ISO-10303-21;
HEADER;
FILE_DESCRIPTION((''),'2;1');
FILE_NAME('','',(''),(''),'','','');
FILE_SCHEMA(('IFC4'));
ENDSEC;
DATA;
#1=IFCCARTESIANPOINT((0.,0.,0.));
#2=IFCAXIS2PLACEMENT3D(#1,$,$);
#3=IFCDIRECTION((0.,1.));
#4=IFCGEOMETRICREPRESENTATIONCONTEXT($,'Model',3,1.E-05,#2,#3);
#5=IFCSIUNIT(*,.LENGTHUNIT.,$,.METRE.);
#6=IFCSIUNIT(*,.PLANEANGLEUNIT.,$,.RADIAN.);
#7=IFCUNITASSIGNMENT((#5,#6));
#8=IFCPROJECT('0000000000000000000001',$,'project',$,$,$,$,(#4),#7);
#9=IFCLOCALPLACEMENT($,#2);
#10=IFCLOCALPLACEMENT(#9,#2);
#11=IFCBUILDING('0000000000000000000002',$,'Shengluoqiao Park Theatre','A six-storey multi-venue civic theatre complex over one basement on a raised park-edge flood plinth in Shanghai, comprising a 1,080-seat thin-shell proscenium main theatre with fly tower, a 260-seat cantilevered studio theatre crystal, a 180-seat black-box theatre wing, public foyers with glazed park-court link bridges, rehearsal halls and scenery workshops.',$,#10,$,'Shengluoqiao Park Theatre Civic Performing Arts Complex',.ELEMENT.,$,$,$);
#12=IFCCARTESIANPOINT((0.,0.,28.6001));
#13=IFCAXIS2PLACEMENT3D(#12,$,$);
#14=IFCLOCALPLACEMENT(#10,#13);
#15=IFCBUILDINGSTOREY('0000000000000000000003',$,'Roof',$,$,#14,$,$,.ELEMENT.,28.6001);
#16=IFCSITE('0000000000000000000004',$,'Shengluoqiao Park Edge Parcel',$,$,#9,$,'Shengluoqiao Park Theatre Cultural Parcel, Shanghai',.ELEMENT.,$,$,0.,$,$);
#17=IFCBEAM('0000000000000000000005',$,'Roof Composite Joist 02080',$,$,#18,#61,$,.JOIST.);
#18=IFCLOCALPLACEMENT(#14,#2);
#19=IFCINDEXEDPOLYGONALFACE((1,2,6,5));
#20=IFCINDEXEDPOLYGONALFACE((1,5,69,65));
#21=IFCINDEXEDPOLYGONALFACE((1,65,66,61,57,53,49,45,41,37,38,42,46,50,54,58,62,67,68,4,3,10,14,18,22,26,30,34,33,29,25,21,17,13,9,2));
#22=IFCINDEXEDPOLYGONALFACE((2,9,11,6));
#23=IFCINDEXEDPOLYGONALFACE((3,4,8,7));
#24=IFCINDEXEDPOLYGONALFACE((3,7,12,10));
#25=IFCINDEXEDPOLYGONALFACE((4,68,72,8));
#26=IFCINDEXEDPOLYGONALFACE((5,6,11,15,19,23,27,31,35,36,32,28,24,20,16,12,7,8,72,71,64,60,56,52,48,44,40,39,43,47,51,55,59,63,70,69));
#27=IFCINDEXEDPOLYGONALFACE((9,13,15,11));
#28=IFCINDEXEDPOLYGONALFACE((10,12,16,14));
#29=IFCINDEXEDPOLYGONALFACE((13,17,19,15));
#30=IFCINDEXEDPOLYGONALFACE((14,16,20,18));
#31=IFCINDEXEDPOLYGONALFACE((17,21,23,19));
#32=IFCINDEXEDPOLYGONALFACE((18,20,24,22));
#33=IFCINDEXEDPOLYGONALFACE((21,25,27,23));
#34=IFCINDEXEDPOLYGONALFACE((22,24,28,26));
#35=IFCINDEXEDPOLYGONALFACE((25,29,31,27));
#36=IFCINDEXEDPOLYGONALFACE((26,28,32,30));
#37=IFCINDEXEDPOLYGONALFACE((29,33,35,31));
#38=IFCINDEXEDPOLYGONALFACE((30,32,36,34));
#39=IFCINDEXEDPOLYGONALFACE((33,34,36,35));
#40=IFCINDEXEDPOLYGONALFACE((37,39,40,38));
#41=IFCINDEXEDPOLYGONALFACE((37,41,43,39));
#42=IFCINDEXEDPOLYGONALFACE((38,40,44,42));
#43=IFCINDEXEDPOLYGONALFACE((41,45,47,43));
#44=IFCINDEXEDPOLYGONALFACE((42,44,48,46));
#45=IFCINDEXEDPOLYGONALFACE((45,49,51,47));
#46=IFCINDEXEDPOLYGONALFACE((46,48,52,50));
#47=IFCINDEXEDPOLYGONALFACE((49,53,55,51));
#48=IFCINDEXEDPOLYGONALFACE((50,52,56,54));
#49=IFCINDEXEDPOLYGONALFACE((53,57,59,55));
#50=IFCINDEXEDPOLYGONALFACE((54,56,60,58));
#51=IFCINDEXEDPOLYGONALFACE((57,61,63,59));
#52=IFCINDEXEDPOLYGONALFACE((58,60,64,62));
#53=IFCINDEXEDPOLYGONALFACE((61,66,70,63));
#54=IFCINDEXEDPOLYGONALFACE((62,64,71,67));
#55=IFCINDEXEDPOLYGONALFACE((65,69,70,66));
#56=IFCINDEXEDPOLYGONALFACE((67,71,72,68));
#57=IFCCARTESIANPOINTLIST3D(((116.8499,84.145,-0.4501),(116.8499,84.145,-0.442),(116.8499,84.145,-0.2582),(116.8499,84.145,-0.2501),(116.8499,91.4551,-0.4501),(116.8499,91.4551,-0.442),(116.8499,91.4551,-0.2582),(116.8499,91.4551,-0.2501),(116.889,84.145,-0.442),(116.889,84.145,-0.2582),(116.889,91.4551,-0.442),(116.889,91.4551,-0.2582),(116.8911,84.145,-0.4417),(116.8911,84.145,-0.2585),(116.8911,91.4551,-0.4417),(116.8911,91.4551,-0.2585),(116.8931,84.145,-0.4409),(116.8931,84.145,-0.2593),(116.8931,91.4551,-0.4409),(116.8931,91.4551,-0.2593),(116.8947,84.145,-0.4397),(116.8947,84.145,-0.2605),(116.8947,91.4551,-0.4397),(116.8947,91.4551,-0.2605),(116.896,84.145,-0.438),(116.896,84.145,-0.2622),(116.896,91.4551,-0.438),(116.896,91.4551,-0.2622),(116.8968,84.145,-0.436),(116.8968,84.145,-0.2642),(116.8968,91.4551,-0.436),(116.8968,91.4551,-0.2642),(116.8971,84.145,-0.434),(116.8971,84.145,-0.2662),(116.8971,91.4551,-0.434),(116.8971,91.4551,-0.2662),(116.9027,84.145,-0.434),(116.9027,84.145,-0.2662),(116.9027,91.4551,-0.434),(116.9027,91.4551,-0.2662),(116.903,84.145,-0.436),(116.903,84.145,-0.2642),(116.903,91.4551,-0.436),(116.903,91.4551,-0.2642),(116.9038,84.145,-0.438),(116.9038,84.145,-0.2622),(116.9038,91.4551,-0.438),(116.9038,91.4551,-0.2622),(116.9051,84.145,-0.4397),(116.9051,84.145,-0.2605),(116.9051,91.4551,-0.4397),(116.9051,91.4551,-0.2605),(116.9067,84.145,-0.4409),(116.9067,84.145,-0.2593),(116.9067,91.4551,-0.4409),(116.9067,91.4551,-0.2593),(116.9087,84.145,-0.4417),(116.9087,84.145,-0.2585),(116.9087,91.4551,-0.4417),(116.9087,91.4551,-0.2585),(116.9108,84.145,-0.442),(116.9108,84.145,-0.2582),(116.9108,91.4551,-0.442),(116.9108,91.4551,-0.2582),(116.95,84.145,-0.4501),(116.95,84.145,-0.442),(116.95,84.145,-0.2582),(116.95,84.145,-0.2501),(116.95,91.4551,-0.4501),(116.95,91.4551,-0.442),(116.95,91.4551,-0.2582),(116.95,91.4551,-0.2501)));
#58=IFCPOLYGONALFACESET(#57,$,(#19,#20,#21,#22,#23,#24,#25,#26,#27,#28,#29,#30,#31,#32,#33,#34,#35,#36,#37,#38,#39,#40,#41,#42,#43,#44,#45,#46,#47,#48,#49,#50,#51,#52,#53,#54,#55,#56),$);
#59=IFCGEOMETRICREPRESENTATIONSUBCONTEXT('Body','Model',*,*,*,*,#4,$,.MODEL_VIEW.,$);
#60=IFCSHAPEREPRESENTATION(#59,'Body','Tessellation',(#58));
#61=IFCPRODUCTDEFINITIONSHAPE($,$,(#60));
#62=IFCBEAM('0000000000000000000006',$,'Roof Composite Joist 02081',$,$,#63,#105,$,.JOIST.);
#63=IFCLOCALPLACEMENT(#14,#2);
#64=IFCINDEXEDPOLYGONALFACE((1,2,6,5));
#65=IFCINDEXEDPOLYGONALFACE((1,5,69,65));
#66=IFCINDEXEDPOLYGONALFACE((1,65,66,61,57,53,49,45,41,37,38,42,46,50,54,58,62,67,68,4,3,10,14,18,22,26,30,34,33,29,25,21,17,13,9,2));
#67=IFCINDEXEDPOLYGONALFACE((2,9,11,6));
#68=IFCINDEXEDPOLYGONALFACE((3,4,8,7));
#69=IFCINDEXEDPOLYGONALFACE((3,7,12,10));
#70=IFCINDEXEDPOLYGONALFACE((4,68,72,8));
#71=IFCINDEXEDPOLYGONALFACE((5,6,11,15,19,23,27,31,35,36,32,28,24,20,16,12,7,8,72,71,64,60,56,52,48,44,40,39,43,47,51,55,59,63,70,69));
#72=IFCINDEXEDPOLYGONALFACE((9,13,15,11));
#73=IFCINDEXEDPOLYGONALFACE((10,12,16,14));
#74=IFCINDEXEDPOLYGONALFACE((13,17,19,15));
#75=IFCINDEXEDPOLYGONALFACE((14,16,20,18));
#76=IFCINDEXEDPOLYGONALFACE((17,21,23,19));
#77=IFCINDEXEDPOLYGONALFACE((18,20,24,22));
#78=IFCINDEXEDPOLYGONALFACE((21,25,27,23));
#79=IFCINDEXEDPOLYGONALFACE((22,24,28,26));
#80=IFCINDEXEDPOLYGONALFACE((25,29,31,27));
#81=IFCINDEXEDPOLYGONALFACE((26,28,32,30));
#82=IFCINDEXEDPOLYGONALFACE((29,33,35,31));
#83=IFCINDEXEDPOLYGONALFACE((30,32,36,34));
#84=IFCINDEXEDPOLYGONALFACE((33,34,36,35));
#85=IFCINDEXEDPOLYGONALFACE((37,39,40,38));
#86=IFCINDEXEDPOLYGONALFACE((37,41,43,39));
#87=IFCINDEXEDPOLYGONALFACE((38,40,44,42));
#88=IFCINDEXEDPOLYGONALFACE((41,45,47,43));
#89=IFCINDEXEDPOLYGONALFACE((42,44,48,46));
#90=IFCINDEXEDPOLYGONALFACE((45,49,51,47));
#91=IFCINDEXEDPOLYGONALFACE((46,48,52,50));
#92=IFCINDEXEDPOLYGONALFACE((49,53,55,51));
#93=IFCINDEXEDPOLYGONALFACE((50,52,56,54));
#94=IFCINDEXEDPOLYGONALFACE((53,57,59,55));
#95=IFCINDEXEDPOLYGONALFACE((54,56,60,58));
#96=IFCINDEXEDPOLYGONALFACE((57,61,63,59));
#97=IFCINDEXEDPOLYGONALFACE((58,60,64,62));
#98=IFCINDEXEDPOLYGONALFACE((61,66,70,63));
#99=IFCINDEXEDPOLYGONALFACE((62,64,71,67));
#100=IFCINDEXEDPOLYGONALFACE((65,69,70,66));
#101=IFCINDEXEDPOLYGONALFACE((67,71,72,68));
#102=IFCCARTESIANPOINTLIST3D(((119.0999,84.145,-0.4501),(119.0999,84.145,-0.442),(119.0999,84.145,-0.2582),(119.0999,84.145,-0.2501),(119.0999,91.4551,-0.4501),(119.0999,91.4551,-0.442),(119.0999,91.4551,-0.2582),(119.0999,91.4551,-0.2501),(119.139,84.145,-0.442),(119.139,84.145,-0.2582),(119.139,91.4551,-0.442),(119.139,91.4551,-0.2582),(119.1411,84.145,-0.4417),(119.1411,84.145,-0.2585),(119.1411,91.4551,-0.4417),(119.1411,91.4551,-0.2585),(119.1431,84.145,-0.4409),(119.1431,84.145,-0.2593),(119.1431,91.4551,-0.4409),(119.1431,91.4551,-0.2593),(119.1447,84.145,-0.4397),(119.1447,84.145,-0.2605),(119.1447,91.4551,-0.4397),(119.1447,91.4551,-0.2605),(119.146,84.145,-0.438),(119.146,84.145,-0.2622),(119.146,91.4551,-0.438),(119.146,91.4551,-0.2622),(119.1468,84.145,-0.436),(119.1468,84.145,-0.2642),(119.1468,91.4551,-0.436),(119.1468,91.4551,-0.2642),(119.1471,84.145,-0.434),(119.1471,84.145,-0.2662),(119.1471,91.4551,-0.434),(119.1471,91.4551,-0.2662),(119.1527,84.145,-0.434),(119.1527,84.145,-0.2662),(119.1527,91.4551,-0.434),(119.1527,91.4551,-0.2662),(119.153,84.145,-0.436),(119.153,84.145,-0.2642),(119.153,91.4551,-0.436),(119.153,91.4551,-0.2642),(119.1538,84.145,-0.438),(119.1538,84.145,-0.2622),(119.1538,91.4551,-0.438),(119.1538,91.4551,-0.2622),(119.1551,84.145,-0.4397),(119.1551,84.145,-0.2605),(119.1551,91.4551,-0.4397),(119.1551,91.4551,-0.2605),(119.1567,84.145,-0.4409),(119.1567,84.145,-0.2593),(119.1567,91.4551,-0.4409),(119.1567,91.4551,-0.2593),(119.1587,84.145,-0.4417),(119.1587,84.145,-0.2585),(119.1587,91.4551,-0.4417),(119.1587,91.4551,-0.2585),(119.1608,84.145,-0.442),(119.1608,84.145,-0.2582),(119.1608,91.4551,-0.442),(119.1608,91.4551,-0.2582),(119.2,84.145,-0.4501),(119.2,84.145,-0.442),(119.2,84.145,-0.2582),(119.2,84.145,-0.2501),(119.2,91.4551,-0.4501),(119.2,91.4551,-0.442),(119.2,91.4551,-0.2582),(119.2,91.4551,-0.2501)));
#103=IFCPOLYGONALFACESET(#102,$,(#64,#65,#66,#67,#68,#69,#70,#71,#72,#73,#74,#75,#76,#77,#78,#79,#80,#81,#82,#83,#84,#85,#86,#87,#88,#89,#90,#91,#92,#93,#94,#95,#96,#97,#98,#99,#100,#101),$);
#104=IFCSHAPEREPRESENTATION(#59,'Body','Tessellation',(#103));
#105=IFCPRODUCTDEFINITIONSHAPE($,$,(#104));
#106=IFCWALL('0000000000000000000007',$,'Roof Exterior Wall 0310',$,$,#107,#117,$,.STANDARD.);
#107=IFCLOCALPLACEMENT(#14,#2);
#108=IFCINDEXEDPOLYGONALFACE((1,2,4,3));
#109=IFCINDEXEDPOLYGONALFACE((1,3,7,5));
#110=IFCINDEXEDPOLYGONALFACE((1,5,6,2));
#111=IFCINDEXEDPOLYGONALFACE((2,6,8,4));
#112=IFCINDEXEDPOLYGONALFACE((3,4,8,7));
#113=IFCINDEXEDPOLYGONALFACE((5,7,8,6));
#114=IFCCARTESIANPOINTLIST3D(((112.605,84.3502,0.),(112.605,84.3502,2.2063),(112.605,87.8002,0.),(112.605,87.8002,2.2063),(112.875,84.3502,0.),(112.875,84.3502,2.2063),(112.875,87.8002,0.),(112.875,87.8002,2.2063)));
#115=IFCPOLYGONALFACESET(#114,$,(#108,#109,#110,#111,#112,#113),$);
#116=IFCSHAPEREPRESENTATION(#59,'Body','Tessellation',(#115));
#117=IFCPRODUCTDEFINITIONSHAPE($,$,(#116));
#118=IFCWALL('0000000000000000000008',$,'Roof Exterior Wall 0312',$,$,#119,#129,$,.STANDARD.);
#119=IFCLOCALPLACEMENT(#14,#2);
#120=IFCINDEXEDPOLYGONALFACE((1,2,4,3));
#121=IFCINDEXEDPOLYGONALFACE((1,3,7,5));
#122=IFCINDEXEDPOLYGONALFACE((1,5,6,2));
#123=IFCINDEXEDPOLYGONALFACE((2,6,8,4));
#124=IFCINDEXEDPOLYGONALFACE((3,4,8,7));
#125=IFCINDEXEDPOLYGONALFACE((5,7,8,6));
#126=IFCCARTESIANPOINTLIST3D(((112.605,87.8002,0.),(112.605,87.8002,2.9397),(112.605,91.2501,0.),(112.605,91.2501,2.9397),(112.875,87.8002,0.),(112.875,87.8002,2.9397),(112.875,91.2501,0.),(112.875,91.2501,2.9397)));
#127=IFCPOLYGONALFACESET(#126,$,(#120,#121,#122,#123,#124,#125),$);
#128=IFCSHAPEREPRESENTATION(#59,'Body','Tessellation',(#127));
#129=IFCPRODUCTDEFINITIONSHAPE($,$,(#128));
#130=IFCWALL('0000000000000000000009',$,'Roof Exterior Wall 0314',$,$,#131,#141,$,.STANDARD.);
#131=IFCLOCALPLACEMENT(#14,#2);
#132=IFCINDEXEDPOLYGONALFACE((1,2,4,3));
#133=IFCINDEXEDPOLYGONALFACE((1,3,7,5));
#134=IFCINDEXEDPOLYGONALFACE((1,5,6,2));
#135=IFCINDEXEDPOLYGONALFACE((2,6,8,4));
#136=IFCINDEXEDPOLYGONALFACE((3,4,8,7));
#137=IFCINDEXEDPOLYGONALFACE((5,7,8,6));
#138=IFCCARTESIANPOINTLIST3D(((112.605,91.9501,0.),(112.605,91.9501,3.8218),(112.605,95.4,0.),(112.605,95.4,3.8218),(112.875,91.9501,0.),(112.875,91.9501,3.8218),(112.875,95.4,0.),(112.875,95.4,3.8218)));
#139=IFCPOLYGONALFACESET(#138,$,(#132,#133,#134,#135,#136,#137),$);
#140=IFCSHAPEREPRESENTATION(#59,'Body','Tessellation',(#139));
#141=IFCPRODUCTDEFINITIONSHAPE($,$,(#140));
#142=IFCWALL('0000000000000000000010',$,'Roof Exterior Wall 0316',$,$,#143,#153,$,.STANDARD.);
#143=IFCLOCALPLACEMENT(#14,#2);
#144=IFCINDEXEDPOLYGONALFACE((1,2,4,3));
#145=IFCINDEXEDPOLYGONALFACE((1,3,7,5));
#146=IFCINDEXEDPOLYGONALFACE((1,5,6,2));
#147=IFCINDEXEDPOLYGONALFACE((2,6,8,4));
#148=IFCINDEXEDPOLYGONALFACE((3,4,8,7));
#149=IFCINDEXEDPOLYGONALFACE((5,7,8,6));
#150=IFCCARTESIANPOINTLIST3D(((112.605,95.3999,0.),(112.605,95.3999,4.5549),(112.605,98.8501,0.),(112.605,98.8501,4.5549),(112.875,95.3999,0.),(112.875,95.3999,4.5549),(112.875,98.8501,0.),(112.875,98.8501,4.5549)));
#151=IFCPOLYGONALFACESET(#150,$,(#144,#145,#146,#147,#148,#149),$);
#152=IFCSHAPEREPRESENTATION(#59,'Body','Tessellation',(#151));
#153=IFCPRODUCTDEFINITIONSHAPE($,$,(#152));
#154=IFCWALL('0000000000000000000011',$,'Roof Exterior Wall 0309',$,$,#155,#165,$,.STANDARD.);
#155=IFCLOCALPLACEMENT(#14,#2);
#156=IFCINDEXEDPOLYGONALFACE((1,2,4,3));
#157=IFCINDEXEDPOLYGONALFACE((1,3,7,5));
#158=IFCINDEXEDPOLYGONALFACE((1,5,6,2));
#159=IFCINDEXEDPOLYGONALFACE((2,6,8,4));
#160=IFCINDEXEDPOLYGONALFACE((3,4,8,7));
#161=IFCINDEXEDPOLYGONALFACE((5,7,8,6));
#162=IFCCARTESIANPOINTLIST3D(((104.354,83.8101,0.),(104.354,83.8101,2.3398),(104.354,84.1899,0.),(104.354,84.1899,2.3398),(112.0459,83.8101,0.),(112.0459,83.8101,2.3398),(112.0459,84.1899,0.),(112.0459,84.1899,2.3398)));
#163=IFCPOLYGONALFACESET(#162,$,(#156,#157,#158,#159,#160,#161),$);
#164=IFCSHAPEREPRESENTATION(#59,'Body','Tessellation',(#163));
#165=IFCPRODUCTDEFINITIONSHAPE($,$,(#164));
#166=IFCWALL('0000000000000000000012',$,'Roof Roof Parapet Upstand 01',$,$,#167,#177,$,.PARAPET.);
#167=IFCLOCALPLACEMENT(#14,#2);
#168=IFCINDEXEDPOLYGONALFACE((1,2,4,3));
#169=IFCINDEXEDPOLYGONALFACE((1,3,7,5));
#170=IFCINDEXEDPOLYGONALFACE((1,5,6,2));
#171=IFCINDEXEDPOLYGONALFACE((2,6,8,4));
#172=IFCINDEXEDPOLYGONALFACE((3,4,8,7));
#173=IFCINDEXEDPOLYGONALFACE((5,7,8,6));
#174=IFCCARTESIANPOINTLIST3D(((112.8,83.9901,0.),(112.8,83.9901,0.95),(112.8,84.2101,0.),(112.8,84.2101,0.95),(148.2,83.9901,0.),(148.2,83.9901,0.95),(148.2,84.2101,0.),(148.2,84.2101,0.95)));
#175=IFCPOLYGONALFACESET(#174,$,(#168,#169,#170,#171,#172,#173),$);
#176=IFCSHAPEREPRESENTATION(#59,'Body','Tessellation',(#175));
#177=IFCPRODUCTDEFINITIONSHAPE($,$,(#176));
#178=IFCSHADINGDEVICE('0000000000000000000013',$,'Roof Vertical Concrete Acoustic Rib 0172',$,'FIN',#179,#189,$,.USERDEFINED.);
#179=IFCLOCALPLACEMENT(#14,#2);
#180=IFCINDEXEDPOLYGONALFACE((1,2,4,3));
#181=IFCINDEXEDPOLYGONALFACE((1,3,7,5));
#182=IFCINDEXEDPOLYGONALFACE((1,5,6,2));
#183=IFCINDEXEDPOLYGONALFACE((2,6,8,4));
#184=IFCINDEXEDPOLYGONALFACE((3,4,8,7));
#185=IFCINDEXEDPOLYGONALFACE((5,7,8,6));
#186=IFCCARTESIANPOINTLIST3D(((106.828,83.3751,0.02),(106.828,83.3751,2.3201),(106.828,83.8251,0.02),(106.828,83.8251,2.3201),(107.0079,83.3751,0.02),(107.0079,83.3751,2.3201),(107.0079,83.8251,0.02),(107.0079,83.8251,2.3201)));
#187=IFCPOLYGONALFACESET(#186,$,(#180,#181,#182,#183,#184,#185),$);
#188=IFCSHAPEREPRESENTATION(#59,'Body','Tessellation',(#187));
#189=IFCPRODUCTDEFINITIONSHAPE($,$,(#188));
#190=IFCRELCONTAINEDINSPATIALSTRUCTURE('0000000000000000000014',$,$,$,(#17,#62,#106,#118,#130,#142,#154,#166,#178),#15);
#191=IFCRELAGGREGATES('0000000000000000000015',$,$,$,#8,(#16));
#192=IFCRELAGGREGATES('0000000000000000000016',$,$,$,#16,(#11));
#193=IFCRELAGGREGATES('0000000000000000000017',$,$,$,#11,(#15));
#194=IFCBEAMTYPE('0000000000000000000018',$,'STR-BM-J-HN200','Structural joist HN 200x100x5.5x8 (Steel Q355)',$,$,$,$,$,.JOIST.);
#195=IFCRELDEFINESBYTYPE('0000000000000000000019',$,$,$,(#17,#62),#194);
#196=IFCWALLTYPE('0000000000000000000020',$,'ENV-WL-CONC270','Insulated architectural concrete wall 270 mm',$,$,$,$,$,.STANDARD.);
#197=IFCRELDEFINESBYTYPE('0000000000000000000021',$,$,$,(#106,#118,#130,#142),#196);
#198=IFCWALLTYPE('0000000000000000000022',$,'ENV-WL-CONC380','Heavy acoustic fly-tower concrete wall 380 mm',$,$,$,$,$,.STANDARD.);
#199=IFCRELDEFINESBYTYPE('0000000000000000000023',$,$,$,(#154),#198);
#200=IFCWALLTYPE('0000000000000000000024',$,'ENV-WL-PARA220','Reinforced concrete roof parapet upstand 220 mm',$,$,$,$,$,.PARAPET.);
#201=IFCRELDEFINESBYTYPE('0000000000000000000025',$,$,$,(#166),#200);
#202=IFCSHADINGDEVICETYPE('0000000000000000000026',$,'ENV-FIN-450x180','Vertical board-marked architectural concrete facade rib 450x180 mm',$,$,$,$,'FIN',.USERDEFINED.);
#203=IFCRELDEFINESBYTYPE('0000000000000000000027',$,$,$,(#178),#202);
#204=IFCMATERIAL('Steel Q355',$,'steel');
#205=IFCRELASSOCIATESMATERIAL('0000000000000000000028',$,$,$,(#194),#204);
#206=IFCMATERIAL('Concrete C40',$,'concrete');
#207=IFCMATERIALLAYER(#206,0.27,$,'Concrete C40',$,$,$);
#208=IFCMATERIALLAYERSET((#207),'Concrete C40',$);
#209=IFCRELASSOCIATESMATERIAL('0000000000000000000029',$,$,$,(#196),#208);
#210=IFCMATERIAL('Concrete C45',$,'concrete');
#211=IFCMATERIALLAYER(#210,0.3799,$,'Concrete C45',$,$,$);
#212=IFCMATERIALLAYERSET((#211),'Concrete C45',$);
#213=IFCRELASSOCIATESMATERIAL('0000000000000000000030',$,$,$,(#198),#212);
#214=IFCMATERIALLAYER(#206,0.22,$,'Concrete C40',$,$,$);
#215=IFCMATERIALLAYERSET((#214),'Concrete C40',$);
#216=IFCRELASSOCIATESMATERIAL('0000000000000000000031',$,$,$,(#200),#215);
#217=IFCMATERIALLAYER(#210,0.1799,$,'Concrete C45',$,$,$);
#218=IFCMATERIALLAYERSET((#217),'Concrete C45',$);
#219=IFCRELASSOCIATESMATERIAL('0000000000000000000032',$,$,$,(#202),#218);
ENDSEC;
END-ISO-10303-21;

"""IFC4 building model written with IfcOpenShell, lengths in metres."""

from ifc_helpers import new_model, si_unit, direction, frame, frame_2d, origin, origin_2d, place, context, subcontext, project, spatial, rectangle, i_section, extrude, material, layer, layer_set, material_profile, profile_set, type_object, element, save


model = new_model("IFC4")

# Units and contexts
model_context = context("Model", 3, precision=1e-05, world=origin(), true_north=direction((0.0, 1.0)))
body_context = subcontext(model_context, "Body", "Model", "MODEL_VIEW")
ifc_project = project(units=[si_unit("LENGTHUNIT", "METRE"), si_unit("PLANEANGLEUNIT", "RADIAN")], contexts=[model_context])

# Site, building, storey
site_placement = place(None, origin())
site = spatial("IfcSite", under=ifc_project, at=site_placement, Name="Shengluoqiao Park Edge Parcel", LongName="Shengluoqiao Park Theatre Cultural Parcel, Shanghai", CompositionType="ELEMENT", RefElevation=0.0)
building_placement = place(site_placement, origin())
building = spatial("IfcBuilding", under=site, at=building_placement, Name="Shengluoqiao Park Theatre", Description="A six-storey multi-venue civic theatre complex over one basement on a raised park-edge flood plinth in Shanghai, comprising a 1,080-seat thin-shell proscenium main theatre with fly tower, a 260-seat cantilevered studio theatre crystal, a 180-seat black-box theatre wing, public foyers with glazed park-court link bridges, rehearsal halls and scenery workshops.", LongName="Shengluoqiao Park Theatre Civic Performing Arts Complex", CompositionType="ELEMENT")
storey_placement = place(building_placement, frame((0.0, 0.0, 28.6001)))
storey = spatial("IfcBuildingStorey", under=building, at=storey_placement, Name="Roof", CompositionType="ELEMENT", Elevation=28.6001)

# Beams
ifc_material_1 = material(Name="Steel Q355", Category="steel")
ifc_material_profile_1 = material_profile(ifc_material_1, i_section(OverallWidth=0.1001, OverallDepth=0.2, WebThickness=0.0056, FlangeThickness=0.0081, FilletRadius=0.0081, at=origin_2d()), Name="HN 200x100x5.5x8")
ifc_profile_set_1 = profile_set([ifc_material_profile_1], Name="Steel Q355")
beam_type_1 = type_object("IfcBeamType", Name="STR-BM-J-HN200", Description="Structural joist HN 200x100x5.5x8 (Steel Q355)", PredefinedType="JOIST", material=ifc_profile_set_1)
for number, where, z_axis, x_axis, name in (
    (1, (116.8999, 84.145, -0.3501), (0.0, 1.0, 0.0), (-1.0, 0.0, 0.0), "Roof Composite Joist 02080"),
    (2, (119.1499, 84.145, -0.3501), (0.0, 1.0, 0.0), (-1.0, 0.0, 0.0), "Roof Composite Joist 02081"),
):
    element("IfcBeam", number, at=place(storey_placement, frame(where, z_axis=z_axis, x_axis=x_axis)), inside=storey, type_object=beam_type_1, Name=name, PredefinedType="JOIST", context=body_context, shape_type="SweptSolid", body=[
        extrude(i_section(OverallWidth=0.1001, OverallDepth=0.2, WebThickness=0.0056, FlangeThickness=0.0081, FilletRadius=0.0081, at=origin_2d()), origin(), (0.0, 0.0, 1.0), 7.3101),
    ])

# Walls
ifc_material_2 = material(Name="Concrete C40", Category="concrete")
ifc_layer_1 = layer(ifc_material_2, 0.27, Name="Concrete C40")
ifc_layer_set_1 = layer_set([ifc_layer_1], Name="Concrete C40")
wall_type_1 = type_object("IfcWallType", Name="ENV-WL-CONC270", Description="Insulated architectural concrete wall 270 mm", PredefinedType="STANDARD", material=ifc_layer_set_1)
wall_1_placement = place(storey_placement, frame((112.74, 84.3501, 0.0), z_axis=(0.0, 0.0, 1.0), x_axis=(0.0, 1.0, 0.0)))
element("IfcWall", 3, at=wall_1_placement, inside=storey, type_object=wall_type_1, Name="Roof Exterior Wall 0310", PredefinedType="STANDARD", context=body_context, shape_type="SweptSolid", body=[
    extrude(rectangle(XDim=3.45, YDim=0.27, at=frame_2d((1.7251, 0.0))), origin(), (0.0, 0.0, 1.0), 2.2063),
])
wall_2_placement = place(storey_placement, frame((112.74, 87.8, 0.0), z_axis=(0.0, 0.0, 1.0), x_axis=(0.0, 1.0, 0.0)))
element("IfcWall", 4, at=wall_2_placement, inside=storey, type_object=wall_type_1, Name="Roof Exterior Wall 0312", PredefinedType="STANDARD", context=body_context, shape_type="SweptSolid", body=[
    extrude(rectangle(XDim=3.45, YDim=0.27, at=frame_2d((1.7251, 0.0))), origin(), (0.0, 0.0, 1.0), 2.9397),
])
wall_3_placement = place(storey_placement, frame((112.74, 91.95, 0.0), z_axis=(0.0, 0.0, 1.0), x_axis=(0.0, 1.0, 0.0)))
element("IfcWall", 5, at=wall_3_placement, inside=storey, type_object=wall_type_1, Name="Roof Exterior Wall 0314", PredefinedType="STANDARD", context=body_context, shape_type="SweptSolid", body=[
    extrude(rectangle(XDim=3.45, YDim=0.27, at=frame_2d((1.7251, 0.0))), origin(), (0.0, 0.0, 1.0), 3.8218),
])
wall_4_placement = place(storey_placement, frame((112.74, 95.3999, 0.0), z_axis=(0.0, 0.0, 1.0), x_axis=(0.0, 1.0, 0.0)))
element("IfcWall", 6, at=wall_4_placement, inside=storey, type_object=wall_type_1, Name="Roof Exterior Wall 0316", PredefinedType="STANDARD", context=body_context, shape_type="SweptSolid", body=[
    extrude(rectangle(XDim=3.4502, YDim=0.27, at=frame_2d((1.7251, 0.0))), origin(), (0.0, 0.0, 1.0), 4.5549),
])
ifc_material_3 = material(Name="Concrete C45", Category="concrete")
ifc_layer_2 = layer(ifc_material_3, 0.3799, Name="Concrete C45")
ifc_layer_set_2 = layer_set([ifc_layer_2], Name="Concrete C45")
wall_type_2 = type_object("IfcWallType", Name="ENV-WL-CONC380", Description="Heavy acoustic fly-tower concrete wall 380 mm", PredefinedType="STANDARD", material=ifc_layer_set_2)
wall_5_placement = place(storey_placement, frame((104.354, 84.0, 0.0), z_axis=(0.0, 0.0, 1.0), x_axis=(1.0, 0.0, 0.0)))
element("IfcWall", 7, at=wall_5_placement, inside=storey, type_object=wall_type_2, Name="Roof Exterior Wall 0309", PredefinedType="STANDARD", context=body_context, shape_type="SweptSolid", body=[
    extrude(rectangle(XDim=7.6919, YDim=0.3799, at=frame_2d((3.8459, 0.0))), origin(), (0.0, 0.0, 1.0), 2.3398),
])
ifc_layer_3 = layer(ifc_material_2, 0.22, Name="Concrete C40")
ifc_layer_set_3 = layer_set([ifc_layer_3], Name="Concrete C40")
wall_type_3 = type_object("IfcWallType", Name="ENV-WL-PARA220", Description="Reinforced concrete roof parapet upstand 220 mm", PredefinedType="PARAPET", material=ifc_layer_set_3)
wall_6_placement = place(storey_placement, frame((112.8, 84.1001, 0.0), z_axis=(0.0, 0.0, 1.0), x_axis=(1.0, 0.0, 0.0)))
element("IfcWall", 8, at=wall_6_placement, inside=storey, type_object=wall_type_3, Name="Roof Roof Parapet Upstand 01", PredefinedType="PARAPET", context=body_context, shape_type="SweptSolid", body=[
    extrude(rectangle(XDim=35.3999, YDim=0.22, at=frame_2d((17.7, 0.0))), origin(), (0.0, 0.0, 1.0), 0.95),
])

# Shading device
ifc_layer_4 = layer(ifc_material_3, 0.1799, Name="Concrete C45")
ifc_layer_set_4 = layer_set([ifc_layer_4], Name="Concrete C45")
shading_device_type = type_object("IfcShadingDeviceType", Name="ENV-FIN-450x180", Description="Vertical board-marked architectural concrete facade rib 450x180 mm", ElementType="FIN", PredefinedType="USERDEFINED", material=ifc_layer_set_4)
for number, where, z_axis, x_axis, name in (
    (9, (106.918, 83.6001, 0.02), (0.0, 0.0, 1.0), (0.0, -1.0, 0.0), "Roof Vertical Concrete Acoustic Rib 0172"),
):
    element("IfcShadingDevice", number, at=place(storey_placement, frame(where, z_axis=z_axis, x_axis=x_axis)), inside=storey, type_object=shading_device_type, Name=name, ObjectType="FIN", PredefinedType="USERDEFINED", context=body_context, shape_type="SweptSolid", body=[
        extrude(rectangle(XDim=0.45, YDim=0.1799, at=origin_2d()), origin(), (0.0, 0.0, 1.0), 2.3),
    ])

save(model, "model.ifc")
